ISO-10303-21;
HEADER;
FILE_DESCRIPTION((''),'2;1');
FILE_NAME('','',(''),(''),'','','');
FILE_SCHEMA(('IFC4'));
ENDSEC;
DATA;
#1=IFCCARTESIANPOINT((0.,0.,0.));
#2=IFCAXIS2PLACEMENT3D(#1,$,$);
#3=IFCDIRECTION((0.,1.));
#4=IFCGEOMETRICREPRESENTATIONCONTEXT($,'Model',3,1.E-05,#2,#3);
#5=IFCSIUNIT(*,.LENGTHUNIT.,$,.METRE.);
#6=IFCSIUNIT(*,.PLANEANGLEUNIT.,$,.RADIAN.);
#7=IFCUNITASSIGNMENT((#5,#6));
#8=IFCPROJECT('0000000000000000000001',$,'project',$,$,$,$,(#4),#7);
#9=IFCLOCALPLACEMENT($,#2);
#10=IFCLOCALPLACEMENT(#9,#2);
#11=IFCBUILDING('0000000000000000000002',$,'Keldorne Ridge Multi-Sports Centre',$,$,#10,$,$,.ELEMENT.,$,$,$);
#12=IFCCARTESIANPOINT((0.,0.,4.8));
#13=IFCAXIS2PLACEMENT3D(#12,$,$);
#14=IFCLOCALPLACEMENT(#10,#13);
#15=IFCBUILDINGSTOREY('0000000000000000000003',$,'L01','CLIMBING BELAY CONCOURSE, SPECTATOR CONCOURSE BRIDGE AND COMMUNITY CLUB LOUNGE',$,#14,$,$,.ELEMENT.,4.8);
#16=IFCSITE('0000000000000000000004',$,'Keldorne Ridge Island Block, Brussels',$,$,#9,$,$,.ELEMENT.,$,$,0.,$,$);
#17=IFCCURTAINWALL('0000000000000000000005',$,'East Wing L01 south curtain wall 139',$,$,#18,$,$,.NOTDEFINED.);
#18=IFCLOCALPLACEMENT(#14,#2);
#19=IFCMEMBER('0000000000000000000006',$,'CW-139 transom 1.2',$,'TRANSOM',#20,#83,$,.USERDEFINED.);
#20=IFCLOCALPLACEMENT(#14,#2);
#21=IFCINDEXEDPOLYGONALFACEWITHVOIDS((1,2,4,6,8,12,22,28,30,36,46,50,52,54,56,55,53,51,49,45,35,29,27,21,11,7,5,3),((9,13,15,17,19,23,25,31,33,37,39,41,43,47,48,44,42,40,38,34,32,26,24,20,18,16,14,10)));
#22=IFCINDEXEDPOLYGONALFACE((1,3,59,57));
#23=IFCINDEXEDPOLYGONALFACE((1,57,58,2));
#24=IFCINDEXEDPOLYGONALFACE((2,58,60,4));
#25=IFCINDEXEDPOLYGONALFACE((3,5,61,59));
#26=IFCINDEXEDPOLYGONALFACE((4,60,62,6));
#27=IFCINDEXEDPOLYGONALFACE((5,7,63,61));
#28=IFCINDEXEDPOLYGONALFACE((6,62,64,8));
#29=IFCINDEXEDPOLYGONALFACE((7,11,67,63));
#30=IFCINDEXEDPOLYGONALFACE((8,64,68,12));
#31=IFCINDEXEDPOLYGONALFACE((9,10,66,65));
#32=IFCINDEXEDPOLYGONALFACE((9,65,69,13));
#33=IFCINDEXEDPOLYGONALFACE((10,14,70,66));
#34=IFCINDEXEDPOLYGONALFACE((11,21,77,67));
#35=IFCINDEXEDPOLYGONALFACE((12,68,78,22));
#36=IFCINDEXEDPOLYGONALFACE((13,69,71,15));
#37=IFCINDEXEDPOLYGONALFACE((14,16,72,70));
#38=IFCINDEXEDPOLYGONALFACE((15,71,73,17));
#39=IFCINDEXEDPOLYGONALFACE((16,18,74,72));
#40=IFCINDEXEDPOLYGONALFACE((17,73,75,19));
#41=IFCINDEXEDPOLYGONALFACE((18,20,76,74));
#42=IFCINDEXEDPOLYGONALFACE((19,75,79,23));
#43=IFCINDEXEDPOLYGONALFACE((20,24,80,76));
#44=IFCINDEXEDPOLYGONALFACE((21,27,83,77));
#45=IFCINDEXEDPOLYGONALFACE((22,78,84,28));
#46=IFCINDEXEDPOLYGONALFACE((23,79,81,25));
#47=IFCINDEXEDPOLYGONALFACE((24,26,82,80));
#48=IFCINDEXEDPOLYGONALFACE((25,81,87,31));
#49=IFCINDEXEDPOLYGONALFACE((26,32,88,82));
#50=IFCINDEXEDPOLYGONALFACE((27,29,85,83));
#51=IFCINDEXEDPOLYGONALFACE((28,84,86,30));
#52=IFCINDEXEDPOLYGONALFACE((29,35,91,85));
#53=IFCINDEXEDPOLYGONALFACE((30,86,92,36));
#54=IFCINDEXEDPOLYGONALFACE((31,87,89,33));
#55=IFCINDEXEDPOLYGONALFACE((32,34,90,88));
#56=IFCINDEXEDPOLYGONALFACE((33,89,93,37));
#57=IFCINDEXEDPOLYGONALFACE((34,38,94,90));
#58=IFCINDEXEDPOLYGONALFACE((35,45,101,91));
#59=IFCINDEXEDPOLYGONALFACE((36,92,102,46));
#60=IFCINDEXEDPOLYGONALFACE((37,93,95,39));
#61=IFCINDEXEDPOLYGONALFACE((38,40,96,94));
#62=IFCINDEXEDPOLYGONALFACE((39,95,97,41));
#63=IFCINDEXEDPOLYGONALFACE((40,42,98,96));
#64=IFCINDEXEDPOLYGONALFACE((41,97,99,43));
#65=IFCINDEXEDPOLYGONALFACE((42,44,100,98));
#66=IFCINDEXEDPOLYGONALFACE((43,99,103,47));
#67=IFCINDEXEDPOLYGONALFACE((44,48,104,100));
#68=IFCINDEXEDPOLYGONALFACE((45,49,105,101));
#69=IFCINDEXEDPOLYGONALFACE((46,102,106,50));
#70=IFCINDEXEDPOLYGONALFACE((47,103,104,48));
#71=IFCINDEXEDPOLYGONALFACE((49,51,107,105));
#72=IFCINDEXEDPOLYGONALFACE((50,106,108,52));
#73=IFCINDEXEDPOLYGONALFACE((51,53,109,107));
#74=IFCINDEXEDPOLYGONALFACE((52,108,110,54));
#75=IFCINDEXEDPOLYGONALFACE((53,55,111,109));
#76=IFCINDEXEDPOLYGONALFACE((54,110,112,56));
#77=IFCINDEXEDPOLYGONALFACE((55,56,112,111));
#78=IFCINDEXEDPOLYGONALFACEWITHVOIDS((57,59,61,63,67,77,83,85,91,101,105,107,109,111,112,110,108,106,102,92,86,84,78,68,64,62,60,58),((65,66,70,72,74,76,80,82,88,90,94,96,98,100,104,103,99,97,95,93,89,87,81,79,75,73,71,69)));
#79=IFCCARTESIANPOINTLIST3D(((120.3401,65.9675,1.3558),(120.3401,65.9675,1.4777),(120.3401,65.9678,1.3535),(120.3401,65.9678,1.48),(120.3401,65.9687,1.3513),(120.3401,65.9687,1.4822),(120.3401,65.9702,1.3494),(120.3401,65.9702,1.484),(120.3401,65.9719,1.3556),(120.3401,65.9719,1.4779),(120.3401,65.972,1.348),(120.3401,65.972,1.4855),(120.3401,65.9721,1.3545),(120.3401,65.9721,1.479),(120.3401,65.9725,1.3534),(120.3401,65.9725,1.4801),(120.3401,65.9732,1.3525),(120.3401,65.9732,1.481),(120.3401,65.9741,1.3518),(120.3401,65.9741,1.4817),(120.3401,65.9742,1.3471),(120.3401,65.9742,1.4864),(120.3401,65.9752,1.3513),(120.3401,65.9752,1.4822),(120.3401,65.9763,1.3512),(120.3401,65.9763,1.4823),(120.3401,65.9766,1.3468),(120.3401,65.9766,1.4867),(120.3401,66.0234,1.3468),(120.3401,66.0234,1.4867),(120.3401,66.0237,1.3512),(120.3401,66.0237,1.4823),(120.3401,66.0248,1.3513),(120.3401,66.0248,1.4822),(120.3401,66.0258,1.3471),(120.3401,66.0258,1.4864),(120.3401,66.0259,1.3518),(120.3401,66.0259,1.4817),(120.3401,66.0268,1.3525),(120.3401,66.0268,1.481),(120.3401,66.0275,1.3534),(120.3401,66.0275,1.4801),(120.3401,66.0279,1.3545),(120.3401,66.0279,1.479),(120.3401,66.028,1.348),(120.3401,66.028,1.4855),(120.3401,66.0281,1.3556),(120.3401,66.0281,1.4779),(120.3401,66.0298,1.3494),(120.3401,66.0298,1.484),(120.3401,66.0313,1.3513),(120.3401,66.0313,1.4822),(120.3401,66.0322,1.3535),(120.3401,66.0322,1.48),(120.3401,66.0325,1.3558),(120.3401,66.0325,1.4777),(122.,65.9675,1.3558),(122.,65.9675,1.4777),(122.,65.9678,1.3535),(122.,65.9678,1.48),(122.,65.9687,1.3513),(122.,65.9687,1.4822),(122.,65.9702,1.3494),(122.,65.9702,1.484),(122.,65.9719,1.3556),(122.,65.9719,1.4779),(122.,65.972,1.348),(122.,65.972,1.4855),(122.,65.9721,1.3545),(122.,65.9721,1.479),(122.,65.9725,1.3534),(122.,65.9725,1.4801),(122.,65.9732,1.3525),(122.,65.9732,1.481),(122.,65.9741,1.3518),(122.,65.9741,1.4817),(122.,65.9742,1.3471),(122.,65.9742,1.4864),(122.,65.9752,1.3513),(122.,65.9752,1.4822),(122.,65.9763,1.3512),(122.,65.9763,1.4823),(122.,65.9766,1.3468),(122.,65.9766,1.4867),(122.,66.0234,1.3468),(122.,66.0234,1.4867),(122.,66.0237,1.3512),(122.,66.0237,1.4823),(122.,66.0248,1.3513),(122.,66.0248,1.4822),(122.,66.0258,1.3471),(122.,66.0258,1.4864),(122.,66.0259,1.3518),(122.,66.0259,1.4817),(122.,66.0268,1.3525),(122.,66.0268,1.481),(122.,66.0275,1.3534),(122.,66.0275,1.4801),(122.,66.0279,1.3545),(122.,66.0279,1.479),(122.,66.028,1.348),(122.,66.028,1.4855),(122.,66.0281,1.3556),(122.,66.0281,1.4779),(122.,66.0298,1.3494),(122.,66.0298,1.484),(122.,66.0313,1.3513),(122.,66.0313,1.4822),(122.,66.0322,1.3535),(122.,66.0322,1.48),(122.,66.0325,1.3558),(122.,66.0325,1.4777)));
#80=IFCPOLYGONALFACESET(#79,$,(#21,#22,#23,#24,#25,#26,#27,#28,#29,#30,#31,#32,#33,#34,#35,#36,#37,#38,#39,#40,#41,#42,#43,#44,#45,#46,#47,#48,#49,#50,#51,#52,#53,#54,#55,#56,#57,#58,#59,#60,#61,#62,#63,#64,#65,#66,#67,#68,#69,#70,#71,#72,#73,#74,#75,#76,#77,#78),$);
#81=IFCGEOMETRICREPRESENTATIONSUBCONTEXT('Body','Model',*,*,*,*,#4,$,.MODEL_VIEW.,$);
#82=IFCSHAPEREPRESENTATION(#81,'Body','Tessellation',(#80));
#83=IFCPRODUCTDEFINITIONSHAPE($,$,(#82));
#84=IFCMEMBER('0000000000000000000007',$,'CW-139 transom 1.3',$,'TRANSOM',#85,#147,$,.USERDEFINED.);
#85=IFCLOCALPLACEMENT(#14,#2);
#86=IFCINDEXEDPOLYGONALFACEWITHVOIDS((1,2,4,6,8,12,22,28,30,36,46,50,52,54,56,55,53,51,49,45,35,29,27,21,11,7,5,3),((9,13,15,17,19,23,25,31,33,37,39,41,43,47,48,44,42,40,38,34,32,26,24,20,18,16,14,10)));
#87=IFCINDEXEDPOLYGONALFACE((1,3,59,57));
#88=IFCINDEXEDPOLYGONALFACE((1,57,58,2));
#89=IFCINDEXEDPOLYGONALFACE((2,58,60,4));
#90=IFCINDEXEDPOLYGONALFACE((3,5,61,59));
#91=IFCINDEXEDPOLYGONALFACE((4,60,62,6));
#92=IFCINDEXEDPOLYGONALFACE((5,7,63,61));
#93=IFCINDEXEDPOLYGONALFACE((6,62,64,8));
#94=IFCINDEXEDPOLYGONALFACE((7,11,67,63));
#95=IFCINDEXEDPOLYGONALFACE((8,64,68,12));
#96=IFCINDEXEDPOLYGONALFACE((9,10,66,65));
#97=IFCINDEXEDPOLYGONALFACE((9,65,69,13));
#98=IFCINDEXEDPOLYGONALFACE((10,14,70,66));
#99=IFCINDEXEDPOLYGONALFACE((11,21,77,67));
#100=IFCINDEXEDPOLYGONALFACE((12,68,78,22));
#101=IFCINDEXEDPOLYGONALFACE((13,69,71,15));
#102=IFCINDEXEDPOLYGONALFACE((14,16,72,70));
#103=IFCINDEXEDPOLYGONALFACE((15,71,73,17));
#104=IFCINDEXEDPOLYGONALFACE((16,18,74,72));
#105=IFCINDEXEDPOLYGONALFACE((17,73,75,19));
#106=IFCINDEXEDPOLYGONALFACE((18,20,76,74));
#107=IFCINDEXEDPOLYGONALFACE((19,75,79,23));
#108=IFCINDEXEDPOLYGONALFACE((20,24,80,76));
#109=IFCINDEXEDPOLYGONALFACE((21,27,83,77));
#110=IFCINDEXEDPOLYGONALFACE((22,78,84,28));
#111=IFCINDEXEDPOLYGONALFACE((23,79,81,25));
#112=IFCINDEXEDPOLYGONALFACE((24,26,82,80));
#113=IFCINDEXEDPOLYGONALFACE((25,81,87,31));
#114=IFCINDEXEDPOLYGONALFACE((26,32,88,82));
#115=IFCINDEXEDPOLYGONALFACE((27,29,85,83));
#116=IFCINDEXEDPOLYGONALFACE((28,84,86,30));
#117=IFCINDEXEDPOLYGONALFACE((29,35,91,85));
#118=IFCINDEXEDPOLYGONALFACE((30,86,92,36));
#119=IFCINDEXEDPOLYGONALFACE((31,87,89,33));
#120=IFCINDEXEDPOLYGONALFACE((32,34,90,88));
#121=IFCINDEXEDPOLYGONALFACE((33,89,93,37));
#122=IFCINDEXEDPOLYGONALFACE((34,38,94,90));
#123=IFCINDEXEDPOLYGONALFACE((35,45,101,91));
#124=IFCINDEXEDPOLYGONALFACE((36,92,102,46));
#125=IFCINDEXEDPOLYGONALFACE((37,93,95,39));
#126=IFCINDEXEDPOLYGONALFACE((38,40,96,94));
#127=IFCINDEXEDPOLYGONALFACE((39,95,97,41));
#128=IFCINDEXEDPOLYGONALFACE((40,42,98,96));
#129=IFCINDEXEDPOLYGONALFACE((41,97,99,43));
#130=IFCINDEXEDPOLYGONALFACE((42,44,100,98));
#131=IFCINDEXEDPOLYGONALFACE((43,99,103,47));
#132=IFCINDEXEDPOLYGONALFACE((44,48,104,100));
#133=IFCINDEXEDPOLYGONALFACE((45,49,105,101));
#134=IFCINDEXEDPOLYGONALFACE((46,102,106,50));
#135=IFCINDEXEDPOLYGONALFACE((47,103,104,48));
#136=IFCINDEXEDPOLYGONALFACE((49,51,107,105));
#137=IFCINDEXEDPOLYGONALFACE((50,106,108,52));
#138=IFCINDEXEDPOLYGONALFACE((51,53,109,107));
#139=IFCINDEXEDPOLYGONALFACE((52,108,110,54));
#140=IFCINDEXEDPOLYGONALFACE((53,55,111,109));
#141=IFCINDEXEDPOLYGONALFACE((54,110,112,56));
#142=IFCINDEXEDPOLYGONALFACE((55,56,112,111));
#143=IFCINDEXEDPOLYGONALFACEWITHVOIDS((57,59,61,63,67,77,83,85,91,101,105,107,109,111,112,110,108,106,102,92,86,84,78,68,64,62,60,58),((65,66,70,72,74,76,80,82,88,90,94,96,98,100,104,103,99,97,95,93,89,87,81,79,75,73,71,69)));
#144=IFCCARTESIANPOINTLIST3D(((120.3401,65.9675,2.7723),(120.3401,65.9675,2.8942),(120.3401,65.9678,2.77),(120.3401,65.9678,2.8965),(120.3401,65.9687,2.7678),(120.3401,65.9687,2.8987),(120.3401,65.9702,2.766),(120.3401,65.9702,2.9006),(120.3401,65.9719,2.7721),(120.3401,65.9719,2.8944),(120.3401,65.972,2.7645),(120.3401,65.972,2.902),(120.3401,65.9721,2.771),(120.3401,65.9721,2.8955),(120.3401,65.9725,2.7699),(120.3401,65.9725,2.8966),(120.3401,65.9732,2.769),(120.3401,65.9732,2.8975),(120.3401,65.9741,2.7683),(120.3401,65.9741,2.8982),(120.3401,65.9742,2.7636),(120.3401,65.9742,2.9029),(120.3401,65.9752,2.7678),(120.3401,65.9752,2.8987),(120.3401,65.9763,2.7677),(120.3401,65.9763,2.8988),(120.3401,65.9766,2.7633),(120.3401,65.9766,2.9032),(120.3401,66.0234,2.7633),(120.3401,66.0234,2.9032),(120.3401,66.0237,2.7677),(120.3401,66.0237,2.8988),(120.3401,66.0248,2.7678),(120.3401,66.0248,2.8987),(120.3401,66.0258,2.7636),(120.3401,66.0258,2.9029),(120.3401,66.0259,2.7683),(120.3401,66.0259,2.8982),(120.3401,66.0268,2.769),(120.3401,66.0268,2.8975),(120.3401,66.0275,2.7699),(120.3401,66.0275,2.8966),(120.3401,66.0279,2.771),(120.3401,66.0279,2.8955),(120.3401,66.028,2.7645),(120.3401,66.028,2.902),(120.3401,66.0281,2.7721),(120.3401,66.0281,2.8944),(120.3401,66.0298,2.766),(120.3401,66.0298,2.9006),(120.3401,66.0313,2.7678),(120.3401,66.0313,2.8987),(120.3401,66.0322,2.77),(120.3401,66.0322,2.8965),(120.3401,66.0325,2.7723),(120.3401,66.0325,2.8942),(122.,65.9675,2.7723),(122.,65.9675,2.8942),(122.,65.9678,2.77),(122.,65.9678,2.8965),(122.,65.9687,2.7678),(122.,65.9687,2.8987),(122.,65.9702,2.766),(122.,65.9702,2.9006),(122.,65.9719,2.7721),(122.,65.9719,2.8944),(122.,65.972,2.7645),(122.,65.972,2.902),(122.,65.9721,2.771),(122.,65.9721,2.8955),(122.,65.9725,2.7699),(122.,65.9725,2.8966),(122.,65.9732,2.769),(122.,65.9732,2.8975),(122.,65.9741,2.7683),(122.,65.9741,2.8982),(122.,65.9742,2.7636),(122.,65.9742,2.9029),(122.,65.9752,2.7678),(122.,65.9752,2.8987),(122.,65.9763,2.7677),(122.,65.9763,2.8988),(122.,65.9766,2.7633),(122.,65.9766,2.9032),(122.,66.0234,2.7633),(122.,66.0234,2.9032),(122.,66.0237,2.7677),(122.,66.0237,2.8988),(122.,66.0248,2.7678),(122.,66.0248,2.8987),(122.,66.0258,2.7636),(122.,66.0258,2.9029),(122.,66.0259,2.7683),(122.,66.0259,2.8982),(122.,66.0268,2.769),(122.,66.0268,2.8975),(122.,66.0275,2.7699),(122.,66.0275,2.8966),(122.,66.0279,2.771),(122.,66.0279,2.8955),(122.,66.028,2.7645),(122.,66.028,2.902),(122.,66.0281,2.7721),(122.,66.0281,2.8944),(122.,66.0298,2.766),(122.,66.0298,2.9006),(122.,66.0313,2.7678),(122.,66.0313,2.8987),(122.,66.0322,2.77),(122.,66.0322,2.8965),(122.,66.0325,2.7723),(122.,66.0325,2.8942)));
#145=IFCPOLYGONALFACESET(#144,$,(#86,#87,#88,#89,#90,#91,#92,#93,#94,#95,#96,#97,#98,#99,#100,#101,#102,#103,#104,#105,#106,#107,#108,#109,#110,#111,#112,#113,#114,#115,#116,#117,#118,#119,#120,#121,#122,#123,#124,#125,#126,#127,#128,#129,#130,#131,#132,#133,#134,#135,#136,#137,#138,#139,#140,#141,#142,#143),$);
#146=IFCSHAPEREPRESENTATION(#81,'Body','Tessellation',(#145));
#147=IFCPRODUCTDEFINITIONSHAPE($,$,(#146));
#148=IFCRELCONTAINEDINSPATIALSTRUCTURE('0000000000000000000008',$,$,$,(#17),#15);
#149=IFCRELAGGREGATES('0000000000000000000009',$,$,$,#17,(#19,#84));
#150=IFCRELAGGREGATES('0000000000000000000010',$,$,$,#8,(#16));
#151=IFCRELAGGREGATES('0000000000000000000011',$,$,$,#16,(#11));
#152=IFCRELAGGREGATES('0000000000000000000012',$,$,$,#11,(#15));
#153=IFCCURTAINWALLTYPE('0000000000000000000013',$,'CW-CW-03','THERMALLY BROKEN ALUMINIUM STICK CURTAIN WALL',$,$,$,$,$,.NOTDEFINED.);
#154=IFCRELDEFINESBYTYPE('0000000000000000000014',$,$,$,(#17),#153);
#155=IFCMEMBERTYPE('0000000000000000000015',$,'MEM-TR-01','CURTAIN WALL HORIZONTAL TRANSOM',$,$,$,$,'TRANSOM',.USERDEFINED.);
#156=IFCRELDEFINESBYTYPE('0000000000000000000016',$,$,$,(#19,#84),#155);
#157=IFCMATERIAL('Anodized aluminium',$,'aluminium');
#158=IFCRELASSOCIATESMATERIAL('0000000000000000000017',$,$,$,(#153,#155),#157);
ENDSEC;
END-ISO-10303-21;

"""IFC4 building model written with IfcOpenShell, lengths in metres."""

from ifc_helpers import new_model, si_unit, direction, frame, origin, origin_2d, place, context, subcontext, project, spatial, hollow_rectangle, extrude, material, material_profile, profile_set, type_object, element, aggregate, save


model = new_model("IFC4")

# Units and contexts
model_context = context("Model", 3, precision=1e-05, world=origin(), true_north=direction((0.0, 1.0)))
body_context = subcontext(model_context, "Body", "Model", "MODEL_VIEW")
ifc_project = project(units=[si_unit("LENGTHUNIT", "METRE"), si_unit("PLANEANGLEUNIT", "RADIAN")], contexts=[model_context])

# Site, building, storey
site_placement = place(None, origin())
site = spatial("IfcSite", under=ifc_project, at=site_placement, Name="Keldorne Ridge Island Block, Brussels", CompositionType="ELEMENT", RefElevation=0.0)
building_placement = place(site_placement, origin())
building = spatial("IfcBuilding", under=site, at=building_placement, Name="Keldorne Ridge Multi-Sports Centre", CompositionType="ELEMENT")
storey_placement = place(building_placement, frame((0.0, 0.0, 4.8)))
storey = spatial("IfcBuildingStorey", under=building, at=storey_placement, Name="L01", Description="CLIMBING BELAY CONCOURSE, SPECTATOR CONCOURSE BRIDGE AND COMMUNITY CLUB LOUNGE", CompositionType="ELEMENT", Elevation=4.8)

# Shared definitions
ifc_material_1 = material(Name="Anodized aluminium", Category="aluminium")

# Curtain wall
curtain_wall_type_1 = type_object("IfcCurtainWallType", Name="CW-CW-03", Description="THERMALLY BROKEN ALUMINIUM STICK CURTAIN WALL", PredefinedType="NOTDEFINED", material=ifc_material_1)
curtain_wall_1_placement = place(storey_placement, origin())
curtain_wall_1 = element("IfcCurtainWall", 1, at=curtain_wall_1_placement, inside=storey, type_object=curtain_wall_type_1, Name="East Wing L01 south curtain wall 139", PredefinedType="NOTDEFINED")

# Members
ifc_material_profile_1 = material_profile(ifc_material_1, hollow_rectangle(XDim=0.0649, YDim=0.1399, WallThickness=0.0044, InnerFilletRadius=0.0044, OuterFilletRadius=0.009, at=origin_2d()), Name="ALU TRANSOM 140x65x4.5")
ifc_profile_set_1 = profile_set([ifc_material_profile_1], Name="Anodized aluminium")
member_type_1 = type_object("IfcMemberType", Name="MEM-TR-01", Description="CURTAIN WALL HORIZONTAL TRANSOM", ElementType="TRANSOM", PredefinedType="USERDEFINED", material=ifc_profile_set_1)
member_1_placement = place(storey_placement, frame((120.3401, 66.0, 1.4167), z_axis=(1.0, 0.0, 0.0), x_axis=(0.0, 1.0, 0.0)))
member_1 = element("IfcMember", 2, at=member_1_placement, type_object=member_type_1, Name="CW-139 transom 1.2", ObjectType="TRANSOM", PredefinedType="USERDEFINED", context=body_context, shape_type="SweptSolid", body=[
    extrude(hollow_rectangle(XDim=0.0649, YDim=0.1399, WallThickness=0.0044, InnerFilletRadius=0.0044, OuterFilletRadius=0.009, at=origin_2d()), origin(), (0.0, 0.0, 1.0), 1.6599),
])
member_2_placement = place(storey_placement, frame((120.3401, 66.0, 2.8333), z_axis=(1.0, 0.0, 0.0), x_axis=(0.0, 1.0, 0.0)))
member_2 = element("IfcMember", 3, at=member_2_placement, type_object=member_type_1, Name="CW-139 transom 1.3", ObjectType="TRANSOM", PredefinedType="USERDEFINED", context=body_context, shape_type="SweptSolid", body=[
    extrude(hollow_rectangle(XDim=0.0649, YDim=0.1399, WallThickness=0.0044, InnerFilletRadius=0.0044, OuterFilletRadius=0.009, at=origin_2d()), origin(), (0.0, 0.0, 1.0), 1.6599),
])

aggregate(curtain_wall_1, [member_1, member_2])

save(model, "model.ifc")
